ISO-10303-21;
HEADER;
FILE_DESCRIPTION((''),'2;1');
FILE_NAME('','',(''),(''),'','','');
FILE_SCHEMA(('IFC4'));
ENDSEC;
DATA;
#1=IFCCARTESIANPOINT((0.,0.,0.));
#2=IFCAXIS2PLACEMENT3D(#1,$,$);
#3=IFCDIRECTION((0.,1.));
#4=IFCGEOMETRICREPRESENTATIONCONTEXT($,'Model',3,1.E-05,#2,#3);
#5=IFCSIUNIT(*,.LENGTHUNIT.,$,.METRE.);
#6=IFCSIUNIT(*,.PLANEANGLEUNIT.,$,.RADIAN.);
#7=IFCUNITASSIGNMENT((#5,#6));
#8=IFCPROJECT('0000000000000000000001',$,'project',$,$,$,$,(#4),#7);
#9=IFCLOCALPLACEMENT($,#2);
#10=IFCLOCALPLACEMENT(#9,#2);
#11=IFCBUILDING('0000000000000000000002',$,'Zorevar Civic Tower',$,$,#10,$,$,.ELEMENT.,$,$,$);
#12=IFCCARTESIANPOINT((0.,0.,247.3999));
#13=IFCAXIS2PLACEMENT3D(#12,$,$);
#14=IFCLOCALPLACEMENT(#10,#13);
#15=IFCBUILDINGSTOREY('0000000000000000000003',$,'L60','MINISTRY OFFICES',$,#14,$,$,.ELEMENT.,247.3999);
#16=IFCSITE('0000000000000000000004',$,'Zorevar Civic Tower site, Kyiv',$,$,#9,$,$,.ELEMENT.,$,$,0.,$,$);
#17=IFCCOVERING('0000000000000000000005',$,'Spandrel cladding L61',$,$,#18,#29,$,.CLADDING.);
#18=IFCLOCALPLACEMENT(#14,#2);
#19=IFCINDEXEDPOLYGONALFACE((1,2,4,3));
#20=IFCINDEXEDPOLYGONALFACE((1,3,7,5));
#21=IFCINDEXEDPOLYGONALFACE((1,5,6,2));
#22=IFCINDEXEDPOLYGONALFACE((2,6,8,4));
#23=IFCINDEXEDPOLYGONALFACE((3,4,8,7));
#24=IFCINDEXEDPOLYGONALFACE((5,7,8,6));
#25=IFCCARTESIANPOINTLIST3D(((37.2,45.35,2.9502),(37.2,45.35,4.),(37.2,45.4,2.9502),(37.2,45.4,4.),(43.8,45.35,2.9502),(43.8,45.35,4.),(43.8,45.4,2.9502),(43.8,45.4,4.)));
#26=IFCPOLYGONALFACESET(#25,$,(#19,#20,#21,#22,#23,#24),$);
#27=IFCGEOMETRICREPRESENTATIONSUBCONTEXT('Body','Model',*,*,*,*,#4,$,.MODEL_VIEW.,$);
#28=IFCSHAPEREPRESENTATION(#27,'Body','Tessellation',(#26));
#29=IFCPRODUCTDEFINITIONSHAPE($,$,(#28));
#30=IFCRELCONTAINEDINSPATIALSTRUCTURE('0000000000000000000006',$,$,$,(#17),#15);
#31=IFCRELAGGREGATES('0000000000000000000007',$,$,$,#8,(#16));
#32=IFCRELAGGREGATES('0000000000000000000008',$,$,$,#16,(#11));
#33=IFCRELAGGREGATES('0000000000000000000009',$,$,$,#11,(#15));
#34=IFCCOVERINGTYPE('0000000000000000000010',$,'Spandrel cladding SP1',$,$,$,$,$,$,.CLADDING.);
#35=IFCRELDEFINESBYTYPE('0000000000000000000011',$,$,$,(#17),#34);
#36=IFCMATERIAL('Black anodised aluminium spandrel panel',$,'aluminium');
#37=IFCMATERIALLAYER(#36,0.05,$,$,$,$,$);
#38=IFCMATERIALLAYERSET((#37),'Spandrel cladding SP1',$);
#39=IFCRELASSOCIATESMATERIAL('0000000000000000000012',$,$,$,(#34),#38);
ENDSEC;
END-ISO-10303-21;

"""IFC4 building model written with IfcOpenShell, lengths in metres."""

from ifc_helpers import new_model, si_unit, direction, frame, frame_2d, origin, place, context, subcontext, project, spatial, rectangle, extrude, material, layer, layer_set, type_object, element, save


model = new_model("IFC4")

# Units and contexts
model_context = context("Model", 3, precision=1e-05, world=origin(), true_north=direction((0.0, 1.0)))
body_context = subcontext(model_context, "Body", "Model", "MODEL_VIEW")
ifc_project = project(units=[si_unit("LENGTHUNIT", "METRE"), si_unit("PLANEANGLEUNIT", "RADIAN")], contexts=[model_context])

# Site, building, storey
site_placement = place(None, origin())
site = spatial("IfcSite", under=ifc_project, at=site_placement, Name="Zorevar Civic Tower site, Kyiv", CompositionType="ELEMENT", RefElevation=0.0)
building_placement = place(site_placement, origin())
building = spatial("IfcBuilding", under=site, at=building_placement, Name="Zorevar Civic Tower", CompositionType="ELEMENT")
storey_placement = place(building_placement, frame((0.0, 0.0, 247.3999)))
storey = spatial("IfcBuildingStorey", under=building, at=storey_placement, Name="L60", Description="MINISTRY OFFICES", CompositionType="ELEMENT", Elevation=247.3999)

# Covering
ifc_material_1 = material(Name="Black anodised aluminium spandrel panel", Category="aluminium")
ifc_layer_1 = layer(ifc_material_1, 0.05)
ifc_layer_set_1 = layer_set([ifc_layer_1], Name="Spandrel cladding SP1")
covering_type = type_object("IfcCoveringType", Name="Spandrel cladding SP1", PredefinedType="CLADDING", material=ifc_layer_set_1)
for number, where, z_axis, x_axis, name in (
    (1, (37.2, 45.375, 2.9502), (0.0, 0.0, 1.0), (1.0, 0.0, 0.0), "Spandrel cladding L61"),
):
    element("IfcCovering", number, at=place(storey_placement, frame(where, z_axis=z_axis, x_axis=x_axis)), inside=storey, type_object=covering_type, Name=name, PredefinedType="CLADDING", context=body_context, shape_type="SweptSolid", body=[
        extrude(rectangle(XDim=6.6001, YDim=0.05, at=frame_2d((3.3, 0.0))), origin(), (0.0, 0.0, 1.0), 1.0498),
    ])

save(model, "model.ifc")
